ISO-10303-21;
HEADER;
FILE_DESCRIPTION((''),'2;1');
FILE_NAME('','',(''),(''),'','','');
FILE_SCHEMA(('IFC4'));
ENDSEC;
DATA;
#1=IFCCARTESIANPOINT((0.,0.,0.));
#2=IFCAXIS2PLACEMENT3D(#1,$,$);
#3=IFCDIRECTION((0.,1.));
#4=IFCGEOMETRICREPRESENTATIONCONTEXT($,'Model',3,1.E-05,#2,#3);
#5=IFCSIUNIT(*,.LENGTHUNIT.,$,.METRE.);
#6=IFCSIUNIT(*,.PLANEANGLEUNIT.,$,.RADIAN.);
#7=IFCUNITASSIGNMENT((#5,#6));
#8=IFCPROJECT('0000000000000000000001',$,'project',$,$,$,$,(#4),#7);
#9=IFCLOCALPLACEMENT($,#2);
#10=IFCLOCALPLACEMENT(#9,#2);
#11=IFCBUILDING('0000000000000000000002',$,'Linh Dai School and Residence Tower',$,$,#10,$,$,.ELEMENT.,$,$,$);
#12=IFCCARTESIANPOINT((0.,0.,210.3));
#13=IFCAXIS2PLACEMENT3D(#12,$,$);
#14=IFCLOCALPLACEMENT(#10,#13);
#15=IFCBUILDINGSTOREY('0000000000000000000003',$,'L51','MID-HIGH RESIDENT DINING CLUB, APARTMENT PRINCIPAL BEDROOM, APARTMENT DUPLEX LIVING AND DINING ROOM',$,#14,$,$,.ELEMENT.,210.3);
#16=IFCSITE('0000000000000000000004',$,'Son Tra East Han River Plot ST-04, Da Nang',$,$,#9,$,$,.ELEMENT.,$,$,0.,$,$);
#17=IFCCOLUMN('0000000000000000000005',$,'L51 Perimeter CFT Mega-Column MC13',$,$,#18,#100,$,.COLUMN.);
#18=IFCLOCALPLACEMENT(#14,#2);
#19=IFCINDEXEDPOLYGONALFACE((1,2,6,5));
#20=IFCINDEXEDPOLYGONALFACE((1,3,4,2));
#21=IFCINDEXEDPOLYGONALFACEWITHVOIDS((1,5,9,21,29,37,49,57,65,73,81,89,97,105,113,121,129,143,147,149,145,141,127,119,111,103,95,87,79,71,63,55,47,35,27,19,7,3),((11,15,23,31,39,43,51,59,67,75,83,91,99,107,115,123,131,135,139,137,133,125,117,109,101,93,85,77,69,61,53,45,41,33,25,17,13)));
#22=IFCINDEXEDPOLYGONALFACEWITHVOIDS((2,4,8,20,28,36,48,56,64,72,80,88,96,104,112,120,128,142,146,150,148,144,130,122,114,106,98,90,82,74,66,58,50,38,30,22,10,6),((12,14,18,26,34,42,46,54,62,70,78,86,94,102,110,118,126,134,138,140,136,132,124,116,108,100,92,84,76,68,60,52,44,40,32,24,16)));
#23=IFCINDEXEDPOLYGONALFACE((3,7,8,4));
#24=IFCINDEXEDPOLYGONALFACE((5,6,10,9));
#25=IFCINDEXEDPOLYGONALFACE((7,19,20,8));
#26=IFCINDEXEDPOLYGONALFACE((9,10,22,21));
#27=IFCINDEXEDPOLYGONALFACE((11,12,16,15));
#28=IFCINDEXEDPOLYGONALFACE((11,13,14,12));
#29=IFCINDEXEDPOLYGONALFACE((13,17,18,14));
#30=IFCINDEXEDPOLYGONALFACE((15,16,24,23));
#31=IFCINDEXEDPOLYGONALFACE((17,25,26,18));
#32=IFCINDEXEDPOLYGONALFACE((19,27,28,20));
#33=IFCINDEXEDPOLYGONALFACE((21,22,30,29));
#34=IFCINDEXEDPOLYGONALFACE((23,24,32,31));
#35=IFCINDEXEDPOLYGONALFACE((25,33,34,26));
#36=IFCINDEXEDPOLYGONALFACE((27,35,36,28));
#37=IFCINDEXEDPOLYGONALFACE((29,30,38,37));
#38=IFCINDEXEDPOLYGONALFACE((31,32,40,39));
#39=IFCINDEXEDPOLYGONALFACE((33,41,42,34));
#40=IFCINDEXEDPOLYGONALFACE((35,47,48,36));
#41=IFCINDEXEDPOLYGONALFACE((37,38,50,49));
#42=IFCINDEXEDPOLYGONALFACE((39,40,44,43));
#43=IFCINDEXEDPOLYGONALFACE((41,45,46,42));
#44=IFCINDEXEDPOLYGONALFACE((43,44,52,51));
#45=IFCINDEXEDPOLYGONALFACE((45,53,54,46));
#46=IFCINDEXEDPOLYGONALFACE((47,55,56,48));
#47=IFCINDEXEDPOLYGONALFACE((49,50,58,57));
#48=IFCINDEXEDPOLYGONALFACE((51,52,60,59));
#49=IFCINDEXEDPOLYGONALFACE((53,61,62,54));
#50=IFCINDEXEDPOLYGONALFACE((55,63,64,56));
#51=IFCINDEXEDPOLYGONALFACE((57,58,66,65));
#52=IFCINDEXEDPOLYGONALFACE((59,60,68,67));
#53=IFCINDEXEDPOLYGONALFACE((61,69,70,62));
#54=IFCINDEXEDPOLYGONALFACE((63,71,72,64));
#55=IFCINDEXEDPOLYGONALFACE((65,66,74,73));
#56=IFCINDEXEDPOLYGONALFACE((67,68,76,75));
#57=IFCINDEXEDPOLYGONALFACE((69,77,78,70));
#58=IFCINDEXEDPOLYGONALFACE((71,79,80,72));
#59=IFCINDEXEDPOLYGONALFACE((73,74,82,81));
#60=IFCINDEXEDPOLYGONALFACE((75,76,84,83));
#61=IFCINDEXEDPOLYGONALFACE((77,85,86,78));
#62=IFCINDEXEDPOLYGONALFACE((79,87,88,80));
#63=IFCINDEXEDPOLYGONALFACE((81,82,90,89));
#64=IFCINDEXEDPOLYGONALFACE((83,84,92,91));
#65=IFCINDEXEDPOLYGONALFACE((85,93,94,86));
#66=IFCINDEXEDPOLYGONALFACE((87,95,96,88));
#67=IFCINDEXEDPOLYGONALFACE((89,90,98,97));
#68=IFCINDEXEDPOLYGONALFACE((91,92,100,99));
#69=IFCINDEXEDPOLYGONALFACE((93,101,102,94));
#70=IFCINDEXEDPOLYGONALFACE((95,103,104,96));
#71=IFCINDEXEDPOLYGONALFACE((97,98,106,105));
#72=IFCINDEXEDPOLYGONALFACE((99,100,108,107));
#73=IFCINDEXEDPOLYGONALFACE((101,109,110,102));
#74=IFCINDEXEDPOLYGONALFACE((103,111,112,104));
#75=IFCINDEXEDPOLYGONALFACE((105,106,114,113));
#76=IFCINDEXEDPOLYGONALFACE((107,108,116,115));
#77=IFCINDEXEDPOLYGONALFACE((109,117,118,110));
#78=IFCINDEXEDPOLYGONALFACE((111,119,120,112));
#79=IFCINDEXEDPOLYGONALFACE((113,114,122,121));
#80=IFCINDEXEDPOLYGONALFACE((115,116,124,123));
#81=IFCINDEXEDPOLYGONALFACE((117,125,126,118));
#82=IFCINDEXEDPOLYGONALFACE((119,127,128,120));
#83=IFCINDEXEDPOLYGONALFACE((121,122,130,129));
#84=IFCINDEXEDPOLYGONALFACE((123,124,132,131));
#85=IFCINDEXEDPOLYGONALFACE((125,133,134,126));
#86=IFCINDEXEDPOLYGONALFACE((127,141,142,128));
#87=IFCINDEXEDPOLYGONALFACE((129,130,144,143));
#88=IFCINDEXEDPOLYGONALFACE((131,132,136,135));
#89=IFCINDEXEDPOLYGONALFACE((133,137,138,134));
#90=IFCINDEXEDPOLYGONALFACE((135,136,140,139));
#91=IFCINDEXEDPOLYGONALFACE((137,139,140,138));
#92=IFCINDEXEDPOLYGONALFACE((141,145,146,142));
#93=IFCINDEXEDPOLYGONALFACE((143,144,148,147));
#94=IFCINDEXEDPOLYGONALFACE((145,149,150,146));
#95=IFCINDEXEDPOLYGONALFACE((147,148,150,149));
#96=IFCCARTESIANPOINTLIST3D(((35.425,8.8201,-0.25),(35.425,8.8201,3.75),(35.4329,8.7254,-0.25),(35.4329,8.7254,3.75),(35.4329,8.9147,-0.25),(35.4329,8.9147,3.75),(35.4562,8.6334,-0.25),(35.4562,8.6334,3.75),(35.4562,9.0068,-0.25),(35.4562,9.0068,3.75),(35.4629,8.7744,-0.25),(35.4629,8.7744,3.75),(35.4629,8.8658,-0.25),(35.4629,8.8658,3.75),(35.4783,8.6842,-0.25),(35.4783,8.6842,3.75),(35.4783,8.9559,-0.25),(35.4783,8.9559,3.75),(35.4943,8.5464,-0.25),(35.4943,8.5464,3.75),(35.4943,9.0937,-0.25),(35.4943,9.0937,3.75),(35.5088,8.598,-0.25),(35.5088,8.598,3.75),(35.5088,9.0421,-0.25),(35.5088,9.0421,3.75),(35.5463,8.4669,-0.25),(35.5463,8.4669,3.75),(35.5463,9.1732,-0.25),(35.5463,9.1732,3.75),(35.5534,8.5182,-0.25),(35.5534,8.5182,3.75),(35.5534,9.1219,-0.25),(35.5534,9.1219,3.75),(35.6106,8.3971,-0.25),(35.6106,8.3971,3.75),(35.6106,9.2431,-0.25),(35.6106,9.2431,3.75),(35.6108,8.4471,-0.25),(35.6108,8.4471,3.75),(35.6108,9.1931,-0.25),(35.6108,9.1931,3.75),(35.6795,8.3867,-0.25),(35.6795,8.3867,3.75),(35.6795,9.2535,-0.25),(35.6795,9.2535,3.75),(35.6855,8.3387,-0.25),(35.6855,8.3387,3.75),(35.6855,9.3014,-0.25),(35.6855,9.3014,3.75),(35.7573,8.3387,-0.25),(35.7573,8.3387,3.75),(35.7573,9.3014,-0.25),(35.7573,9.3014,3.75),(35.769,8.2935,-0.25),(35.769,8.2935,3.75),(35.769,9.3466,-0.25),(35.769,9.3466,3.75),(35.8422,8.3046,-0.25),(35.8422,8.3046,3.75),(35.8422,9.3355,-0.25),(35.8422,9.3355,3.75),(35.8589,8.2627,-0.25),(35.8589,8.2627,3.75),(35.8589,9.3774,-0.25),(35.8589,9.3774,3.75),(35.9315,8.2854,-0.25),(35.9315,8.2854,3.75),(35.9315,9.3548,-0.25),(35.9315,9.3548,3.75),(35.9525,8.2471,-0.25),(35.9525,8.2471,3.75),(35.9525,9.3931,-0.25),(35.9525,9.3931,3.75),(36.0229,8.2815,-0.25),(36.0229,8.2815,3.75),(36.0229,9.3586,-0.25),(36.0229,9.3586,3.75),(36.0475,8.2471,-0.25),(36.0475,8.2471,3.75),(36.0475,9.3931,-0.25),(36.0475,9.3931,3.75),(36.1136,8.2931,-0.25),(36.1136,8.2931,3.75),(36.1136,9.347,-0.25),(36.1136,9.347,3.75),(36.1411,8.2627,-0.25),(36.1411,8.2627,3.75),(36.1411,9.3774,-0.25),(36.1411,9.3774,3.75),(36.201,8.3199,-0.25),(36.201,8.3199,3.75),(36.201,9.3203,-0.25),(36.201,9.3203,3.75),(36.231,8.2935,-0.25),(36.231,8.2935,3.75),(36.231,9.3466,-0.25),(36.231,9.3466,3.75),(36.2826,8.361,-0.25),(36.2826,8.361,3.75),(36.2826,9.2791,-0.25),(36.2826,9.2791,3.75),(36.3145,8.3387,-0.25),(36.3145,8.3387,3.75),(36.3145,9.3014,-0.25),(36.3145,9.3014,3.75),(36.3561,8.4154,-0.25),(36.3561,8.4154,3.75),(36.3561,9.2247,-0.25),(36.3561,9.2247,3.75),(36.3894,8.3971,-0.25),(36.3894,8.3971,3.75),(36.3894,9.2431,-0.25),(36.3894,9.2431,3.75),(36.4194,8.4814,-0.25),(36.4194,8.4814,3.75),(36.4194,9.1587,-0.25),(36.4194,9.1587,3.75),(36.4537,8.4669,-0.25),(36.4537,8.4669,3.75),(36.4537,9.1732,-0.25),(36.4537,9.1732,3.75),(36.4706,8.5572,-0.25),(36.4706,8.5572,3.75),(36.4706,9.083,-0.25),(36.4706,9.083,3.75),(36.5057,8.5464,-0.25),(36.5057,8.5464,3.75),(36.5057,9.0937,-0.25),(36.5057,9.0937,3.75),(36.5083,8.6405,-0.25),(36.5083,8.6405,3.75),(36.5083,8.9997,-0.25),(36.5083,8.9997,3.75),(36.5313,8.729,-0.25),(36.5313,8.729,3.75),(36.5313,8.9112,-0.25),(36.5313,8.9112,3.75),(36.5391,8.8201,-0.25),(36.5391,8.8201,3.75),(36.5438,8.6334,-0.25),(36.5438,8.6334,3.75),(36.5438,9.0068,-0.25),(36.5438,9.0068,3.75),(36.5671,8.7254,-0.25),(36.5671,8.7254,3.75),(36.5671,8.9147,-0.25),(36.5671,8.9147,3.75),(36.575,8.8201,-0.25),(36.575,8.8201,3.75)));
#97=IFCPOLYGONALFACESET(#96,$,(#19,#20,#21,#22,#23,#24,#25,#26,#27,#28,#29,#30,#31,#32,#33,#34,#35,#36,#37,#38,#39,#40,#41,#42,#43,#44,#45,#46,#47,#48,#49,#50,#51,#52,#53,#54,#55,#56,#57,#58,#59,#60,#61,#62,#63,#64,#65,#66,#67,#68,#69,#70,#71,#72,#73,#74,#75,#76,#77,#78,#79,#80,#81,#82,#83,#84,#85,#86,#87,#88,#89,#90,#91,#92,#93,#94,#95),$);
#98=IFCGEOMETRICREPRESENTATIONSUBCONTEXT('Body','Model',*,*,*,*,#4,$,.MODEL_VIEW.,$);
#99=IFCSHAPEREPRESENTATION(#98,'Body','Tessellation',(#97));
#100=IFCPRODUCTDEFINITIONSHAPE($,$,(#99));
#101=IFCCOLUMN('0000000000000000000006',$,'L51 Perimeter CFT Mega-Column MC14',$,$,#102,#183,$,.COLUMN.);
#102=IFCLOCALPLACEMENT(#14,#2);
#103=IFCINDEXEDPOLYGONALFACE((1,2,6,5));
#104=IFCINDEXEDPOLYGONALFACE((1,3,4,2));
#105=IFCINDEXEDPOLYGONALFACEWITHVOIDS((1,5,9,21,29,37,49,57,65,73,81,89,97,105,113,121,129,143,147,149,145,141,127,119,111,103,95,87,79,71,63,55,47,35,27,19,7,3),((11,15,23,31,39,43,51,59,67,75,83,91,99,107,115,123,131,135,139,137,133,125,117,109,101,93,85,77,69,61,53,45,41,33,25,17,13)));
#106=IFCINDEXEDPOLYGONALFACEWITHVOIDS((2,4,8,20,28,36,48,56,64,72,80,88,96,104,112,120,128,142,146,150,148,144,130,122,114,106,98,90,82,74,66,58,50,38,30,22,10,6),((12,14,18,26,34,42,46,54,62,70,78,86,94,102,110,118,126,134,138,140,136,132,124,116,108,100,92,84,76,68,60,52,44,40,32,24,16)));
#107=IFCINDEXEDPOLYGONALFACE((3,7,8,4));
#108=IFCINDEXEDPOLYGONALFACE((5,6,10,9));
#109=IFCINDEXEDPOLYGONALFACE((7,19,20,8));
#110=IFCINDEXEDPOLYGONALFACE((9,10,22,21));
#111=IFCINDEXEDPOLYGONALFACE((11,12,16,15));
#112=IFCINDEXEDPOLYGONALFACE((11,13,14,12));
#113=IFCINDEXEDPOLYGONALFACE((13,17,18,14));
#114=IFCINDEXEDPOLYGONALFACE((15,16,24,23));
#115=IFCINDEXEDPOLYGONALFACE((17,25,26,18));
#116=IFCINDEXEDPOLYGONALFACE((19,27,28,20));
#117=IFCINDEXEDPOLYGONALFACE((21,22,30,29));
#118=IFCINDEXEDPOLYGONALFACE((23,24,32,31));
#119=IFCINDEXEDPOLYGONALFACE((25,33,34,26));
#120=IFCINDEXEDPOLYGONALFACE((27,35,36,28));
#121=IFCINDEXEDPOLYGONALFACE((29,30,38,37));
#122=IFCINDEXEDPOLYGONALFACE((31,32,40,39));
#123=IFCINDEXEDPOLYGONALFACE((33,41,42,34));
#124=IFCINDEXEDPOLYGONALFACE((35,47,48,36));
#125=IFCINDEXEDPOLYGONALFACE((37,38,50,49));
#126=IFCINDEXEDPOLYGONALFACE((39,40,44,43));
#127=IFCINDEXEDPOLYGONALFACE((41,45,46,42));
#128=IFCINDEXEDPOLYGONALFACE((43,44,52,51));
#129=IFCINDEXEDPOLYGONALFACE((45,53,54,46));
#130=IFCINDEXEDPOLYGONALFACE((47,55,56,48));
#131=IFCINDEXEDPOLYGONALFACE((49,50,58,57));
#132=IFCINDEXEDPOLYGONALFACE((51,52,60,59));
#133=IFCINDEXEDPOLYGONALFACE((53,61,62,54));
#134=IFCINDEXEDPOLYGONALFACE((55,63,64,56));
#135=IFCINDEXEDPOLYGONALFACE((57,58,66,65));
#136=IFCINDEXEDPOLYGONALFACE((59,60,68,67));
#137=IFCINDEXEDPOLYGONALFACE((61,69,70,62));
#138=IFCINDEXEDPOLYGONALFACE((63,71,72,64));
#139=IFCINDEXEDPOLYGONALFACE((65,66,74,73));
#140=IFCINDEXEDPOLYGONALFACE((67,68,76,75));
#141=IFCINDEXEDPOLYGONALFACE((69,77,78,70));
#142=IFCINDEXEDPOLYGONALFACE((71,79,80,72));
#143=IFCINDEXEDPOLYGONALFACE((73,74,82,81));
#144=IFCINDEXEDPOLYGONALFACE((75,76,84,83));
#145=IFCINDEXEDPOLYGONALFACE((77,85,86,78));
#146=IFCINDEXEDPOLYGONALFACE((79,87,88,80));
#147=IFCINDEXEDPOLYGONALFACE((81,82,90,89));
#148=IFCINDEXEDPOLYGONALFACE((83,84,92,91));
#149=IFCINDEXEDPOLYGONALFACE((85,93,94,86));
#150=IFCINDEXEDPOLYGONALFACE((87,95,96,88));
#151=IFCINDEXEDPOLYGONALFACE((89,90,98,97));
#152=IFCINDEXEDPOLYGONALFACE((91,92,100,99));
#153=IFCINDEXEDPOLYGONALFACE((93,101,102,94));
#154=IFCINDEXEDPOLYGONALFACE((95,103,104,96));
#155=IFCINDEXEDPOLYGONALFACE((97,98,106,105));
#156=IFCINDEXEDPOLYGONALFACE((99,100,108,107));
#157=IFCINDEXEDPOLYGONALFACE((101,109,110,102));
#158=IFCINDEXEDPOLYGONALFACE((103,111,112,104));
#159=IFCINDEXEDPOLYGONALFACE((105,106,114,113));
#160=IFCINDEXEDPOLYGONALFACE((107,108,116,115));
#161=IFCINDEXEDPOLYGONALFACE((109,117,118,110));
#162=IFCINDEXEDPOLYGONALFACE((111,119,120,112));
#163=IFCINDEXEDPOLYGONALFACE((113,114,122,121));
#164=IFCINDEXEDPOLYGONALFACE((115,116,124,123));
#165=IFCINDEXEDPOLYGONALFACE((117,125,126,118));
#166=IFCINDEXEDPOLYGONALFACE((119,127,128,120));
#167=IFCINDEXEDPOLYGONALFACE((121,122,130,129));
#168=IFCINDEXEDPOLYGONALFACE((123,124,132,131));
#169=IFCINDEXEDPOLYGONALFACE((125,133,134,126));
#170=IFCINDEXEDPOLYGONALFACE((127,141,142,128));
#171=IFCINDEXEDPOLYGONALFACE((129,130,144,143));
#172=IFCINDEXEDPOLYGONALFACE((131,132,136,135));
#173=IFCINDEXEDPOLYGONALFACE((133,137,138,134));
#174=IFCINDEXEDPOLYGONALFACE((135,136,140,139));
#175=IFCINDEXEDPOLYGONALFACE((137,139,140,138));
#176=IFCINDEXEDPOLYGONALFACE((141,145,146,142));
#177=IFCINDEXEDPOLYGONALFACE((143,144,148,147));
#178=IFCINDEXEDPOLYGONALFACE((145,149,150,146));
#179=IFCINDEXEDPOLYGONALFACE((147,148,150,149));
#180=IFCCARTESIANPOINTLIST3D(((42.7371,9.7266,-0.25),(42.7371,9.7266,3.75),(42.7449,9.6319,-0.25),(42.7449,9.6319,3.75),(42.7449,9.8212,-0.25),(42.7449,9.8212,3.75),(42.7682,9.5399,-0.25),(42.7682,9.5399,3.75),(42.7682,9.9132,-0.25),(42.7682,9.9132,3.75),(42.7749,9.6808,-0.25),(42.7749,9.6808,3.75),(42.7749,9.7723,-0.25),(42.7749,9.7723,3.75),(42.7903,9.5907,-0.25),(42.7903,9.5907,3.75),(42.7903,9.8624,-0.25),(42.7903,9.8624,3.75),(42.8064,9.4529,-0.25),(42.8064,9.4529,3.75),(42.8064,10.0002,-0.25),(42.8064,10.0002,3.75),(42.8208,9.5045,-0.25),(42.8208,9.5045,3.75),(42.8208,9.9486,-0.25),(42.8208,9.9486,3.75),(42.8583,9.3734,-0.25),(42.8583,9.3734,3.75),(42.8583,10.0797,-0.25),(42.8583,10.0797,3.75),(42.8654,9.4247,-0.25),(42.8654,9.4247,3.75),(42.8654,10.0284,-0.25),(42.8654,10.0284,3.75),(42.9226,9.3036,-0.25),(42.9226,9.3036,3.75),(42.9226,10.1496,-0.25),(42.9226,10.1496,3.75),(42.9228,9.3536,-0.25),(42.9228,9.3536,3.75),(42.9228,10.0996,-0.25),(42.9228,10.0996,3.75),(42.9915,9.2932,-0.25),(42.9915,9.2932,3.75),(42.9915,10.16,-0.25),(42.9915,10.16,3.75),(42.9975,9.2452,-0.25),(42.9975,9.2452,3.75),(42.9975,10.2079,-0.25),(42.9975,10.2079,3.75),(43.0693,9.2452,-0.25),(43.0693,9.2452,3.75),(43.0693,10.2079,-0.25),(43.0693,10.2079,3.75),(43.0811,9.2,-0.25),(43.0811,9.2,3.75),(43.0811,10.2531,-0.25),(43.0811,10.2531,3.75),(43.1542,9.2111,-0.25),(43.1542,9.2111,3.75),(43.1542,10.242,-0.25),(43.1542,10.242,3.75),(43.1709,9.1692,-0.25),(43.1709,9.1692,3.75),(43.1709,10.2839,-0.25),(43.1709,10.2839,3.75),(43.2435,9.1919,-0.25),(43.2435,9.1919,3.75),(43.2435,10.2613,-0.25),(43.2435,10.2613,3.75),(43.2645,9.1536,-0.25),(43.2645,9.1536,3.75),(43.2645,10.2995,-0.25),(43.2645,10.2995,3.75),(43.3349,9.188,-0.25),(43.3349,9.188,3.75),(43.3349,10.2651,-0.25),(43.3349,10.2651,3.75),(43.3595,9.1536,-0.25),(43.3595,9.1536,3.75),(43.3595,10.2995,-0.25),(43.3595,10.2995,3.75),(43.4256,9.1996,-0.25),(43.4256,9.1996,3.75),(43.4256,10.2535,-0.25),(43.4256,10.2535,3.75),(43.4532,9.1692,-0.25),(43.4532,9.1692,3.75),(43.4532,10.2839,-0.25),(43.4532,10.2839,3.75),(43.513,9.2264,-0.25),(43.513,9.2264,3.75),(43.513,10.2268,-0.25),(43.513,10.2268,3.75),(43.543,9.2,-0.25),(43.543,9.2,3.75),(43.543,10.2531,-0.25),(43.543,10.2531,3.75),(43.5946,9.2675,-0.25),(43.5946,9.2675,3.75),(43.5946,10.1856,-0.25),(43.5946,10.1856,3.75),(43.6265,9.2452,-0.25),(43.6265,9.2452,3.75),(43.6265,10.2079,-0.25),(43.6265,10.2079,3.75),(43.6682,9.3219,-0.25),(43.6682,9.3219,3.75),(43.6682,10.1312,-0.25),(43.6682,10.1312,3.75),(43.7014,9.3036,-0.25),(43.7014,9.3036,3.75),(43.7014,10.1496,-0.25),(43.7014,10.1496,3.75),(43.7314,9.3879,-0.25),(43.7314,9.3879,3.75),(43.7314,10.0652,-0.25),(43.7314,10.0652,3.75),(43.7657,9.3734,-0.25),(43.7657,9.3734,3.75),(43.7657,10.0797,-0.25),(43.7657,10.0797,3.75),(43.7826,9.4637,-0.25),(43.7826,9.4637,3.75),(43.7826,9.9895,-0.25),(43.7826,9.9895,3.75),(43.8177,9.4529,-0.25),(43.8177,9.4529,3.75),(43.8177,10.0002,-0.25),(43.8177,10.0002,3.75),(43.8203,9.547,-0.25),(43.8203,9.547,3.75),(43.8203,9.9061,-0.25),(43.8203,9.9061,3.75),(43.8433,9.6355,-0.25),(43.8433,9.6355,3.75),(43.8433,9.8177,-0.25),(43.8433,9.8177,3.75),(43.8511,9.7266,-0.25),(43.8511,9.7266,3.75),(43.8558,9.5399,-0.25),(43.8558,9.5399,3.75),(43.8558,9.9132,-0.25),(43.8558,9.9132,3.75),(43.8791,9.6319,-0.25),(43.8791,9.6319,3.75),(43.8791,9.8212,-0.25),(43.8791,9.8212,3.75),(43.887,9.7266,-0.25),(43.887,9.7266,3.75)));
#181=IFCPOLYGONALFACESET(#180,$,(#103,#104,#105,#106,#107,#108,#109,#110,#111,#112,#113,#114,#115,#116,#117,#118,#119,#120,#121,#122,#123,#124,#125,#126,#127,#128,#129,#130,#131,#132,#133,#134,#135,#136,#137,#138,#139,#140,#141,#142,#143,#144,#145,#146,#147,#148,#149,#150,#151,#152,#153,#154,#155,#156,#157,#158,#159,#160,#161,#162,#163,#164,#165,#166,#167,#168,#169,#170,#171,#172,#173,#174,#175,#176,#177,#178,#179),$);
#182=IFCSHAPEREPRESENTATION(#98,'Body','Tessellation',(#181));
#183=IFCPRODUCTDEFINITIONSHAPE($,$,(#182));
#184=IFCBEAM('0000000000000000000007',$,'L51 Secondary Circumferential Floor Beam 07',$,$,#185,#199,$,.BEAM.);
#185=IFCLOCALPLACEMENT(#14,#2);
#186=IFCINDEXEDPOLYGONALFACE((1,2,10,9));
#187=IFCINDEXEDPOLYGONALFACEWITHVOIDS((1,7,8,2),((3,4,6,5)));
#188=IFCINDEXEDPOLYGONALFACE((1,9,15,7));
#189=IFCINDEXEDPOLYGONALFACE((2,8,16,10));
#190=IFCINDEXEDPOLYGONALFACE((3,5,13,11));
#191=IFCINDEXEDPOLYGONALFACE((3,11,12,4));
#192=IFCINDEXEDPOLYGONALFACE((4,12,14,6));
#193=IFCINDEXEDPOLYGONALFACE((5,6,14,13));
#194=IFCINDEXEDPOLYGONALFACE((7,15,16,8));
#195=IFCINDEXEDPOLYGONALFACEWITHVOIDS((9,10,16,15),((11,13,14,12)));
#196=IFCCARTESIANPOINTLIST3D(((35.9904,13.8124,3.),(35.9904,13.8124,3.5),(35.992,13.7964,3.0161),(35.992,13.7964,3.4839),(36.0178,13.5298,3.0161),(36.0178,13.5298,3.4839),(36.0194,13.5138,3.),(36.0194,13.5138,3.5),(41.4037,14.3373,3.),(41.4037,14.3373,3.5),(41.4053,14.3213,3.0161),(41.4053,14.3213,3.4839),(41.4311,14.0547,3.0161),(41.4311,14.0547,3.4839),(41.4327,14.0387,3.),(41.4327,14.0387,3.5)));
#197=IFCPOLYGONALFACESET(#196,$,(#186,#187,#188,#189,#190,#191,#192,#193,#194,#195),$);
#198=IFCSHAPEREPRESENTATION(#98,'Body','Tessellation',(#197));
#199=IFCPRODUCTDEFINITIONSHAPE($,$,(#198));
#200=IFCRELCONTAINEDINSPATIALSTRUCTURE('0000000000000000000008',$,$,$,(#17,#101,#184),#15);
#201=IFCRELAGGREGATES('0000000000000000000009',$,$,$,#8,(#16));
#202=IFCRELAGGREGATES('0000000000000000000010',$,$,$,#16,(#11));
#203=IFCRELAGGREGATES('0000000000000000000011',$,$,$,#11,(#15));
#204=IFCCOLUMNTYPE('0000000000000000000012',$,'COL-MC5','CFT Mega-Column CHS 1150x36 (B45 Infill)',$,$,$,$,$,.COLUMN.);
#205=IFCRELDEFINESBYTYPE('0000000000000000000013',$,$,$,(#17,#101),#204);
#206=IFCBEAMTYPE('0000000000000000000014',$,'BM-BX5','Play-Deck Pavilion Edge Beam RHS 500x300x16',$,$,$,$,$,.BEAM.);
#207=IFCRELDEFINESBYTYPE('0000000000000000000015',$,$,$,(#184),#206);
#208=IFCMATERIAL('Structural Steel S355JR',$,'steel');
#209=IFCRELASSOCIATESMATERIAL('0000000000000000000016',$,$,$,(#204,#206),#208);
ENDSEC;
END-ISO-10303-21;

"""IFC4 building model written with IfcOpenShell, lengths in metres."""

from ifc_helpers import new_model, si_unit, direction, frame, origin, origin_2d, place, context, subcontext, project, spatial, hollow_rectangle, hollow_circle, extrude, material, material_profile, profile_set, type_object, element, save


model = new_model("IFC4")

# Units and contexts
model_context = context("Model", 3, precision=1e-05, world=origin(), true_north=direction((0.0, 1.0)))
body_context = subcontext(model_context, "Body", "Model", "MODEL_VIEW")
ifc_project = project(units=[si_unit("LENGTHUNIT", "METRE"), si_unit("PLANEANGLEUNIT", "RADIAN")], contexts=[model_context])

# Site, building, storey
site_placement = place(None, origin())
site = spatial("IfcSite", under=ifc_project, at=site_placement, Name="Son Tra East Han River Plot ST-04, Da Nang", CompositionType="ELEMENT", RefElevation=0.0)
building_placement = place(site_placement, origin())
building = spatial("IfcBuilding", under=site, at=building_placement, Name="Linh Dai School and Residence Tower", CompositionType="ELEMENT")
storey_placement = place(building_placement, frame((0.0, 0.0, 210.3)))
storey = spatial("IfcBuildingStorey", under=building, at=storey_placement, Name="L51", Description="MID-HIGH RESIDENT DINING CLUB, APARTMENT PRINCIPAL BEDROOM, APARTMENT DUPLEX LIVING AND DINING ROOM", CompositionType="ELEMENT", Elevation=210.3)

# Columns
ifc_material_1 = material(Name="Structural Steel S355JR", Category="steel")
ifc_material_profile_1 = material_profile(ifc_material_1, hollow_circle(Radius=0.575, WallThickness=0.0359, at=origin_2d()), Name="CHS 1150x36")
ifc_profile_set_1 = profile_set([ifc_material_profile_1], Name="Structural Steel S355JR")
column_type = type_object("IfcColumnType", Name="COL-MC5", Description="CFT Mega-Column CHS 1150x36 (B45 Infill)", PredefinedType="COLUMN", material=ifc_profile_set_1)
for number, where, z_axis, x_axis, name in (
    (1, (36.0, 8.8201, -0.25), (0.0, 0.0, 1.0), (1.0, 0.0, 0.0), "L51 Perimeter CFT Mega-Column MC13"),
    (2, (43.312, 9.7266, -0.25), (0.0, 0.0, 1.0), (1.0, 0.0, 0.0), "L51 Perimeter CFT Mega-Column MC14"),
):
    element("IfcColumn", number, at=place(storey_placement, frame(where, z_axis=z_axis, x_axis=x_axis)), inside=storey, type_object=column_type, Name=name, PredefinedType="COLUMN", context=body_context, shape_type="SweptSolid", body=[
        extrude(hollow_circle(Radius=0.575, WallThickness=0.0359, at=origin_2d()), origin(), (0.0, 0.0, 1.0), 4.0),
    ])

# Beam
ifc_material_profile_2 = material_profile(ifc_material_1, hollow_rectangle(XDim=0.3, YDim=0.5, WallThickness=0.0161, at=origin_2d()), Name="RHS 500x300x16")
ifc_profile_set_2 = profile_set([ifc_material_profile_2], Name="Structural Steel S355JR")
beam_type_1 = type_object("IfcBeamType", Name="BM-BX5", Description="Play-Deck Pavilion Edge Beam RHS 500x300x16", PredefinedType="BEAM", material=ifc_profile_set_2)
beam_1_placement = place(storey_placement, frame((36.0049, 13.6631, 3.25), z_axis=(0.995332, 0.096512, 0.0), x_axis=(-0.096512, 0.995332, 0.0)))
element("IfcBeam", 3, at=beam_1_placement, inside=storey, type_object=beam_type_1, Name="L51 Secondary Circumferential Floor Beam 07", PredefinedType="BEAM", context=body_context, shape_type="SweptSolid", body=[
    extrude(hollow_rectangle(XDim=0.3, YDim=0.5, WallThickness=0.0161, at=origin_2d()), origin(), (0.0, 0.0, 1.0), 5.4387),
])

save(model, "model.ifc")
